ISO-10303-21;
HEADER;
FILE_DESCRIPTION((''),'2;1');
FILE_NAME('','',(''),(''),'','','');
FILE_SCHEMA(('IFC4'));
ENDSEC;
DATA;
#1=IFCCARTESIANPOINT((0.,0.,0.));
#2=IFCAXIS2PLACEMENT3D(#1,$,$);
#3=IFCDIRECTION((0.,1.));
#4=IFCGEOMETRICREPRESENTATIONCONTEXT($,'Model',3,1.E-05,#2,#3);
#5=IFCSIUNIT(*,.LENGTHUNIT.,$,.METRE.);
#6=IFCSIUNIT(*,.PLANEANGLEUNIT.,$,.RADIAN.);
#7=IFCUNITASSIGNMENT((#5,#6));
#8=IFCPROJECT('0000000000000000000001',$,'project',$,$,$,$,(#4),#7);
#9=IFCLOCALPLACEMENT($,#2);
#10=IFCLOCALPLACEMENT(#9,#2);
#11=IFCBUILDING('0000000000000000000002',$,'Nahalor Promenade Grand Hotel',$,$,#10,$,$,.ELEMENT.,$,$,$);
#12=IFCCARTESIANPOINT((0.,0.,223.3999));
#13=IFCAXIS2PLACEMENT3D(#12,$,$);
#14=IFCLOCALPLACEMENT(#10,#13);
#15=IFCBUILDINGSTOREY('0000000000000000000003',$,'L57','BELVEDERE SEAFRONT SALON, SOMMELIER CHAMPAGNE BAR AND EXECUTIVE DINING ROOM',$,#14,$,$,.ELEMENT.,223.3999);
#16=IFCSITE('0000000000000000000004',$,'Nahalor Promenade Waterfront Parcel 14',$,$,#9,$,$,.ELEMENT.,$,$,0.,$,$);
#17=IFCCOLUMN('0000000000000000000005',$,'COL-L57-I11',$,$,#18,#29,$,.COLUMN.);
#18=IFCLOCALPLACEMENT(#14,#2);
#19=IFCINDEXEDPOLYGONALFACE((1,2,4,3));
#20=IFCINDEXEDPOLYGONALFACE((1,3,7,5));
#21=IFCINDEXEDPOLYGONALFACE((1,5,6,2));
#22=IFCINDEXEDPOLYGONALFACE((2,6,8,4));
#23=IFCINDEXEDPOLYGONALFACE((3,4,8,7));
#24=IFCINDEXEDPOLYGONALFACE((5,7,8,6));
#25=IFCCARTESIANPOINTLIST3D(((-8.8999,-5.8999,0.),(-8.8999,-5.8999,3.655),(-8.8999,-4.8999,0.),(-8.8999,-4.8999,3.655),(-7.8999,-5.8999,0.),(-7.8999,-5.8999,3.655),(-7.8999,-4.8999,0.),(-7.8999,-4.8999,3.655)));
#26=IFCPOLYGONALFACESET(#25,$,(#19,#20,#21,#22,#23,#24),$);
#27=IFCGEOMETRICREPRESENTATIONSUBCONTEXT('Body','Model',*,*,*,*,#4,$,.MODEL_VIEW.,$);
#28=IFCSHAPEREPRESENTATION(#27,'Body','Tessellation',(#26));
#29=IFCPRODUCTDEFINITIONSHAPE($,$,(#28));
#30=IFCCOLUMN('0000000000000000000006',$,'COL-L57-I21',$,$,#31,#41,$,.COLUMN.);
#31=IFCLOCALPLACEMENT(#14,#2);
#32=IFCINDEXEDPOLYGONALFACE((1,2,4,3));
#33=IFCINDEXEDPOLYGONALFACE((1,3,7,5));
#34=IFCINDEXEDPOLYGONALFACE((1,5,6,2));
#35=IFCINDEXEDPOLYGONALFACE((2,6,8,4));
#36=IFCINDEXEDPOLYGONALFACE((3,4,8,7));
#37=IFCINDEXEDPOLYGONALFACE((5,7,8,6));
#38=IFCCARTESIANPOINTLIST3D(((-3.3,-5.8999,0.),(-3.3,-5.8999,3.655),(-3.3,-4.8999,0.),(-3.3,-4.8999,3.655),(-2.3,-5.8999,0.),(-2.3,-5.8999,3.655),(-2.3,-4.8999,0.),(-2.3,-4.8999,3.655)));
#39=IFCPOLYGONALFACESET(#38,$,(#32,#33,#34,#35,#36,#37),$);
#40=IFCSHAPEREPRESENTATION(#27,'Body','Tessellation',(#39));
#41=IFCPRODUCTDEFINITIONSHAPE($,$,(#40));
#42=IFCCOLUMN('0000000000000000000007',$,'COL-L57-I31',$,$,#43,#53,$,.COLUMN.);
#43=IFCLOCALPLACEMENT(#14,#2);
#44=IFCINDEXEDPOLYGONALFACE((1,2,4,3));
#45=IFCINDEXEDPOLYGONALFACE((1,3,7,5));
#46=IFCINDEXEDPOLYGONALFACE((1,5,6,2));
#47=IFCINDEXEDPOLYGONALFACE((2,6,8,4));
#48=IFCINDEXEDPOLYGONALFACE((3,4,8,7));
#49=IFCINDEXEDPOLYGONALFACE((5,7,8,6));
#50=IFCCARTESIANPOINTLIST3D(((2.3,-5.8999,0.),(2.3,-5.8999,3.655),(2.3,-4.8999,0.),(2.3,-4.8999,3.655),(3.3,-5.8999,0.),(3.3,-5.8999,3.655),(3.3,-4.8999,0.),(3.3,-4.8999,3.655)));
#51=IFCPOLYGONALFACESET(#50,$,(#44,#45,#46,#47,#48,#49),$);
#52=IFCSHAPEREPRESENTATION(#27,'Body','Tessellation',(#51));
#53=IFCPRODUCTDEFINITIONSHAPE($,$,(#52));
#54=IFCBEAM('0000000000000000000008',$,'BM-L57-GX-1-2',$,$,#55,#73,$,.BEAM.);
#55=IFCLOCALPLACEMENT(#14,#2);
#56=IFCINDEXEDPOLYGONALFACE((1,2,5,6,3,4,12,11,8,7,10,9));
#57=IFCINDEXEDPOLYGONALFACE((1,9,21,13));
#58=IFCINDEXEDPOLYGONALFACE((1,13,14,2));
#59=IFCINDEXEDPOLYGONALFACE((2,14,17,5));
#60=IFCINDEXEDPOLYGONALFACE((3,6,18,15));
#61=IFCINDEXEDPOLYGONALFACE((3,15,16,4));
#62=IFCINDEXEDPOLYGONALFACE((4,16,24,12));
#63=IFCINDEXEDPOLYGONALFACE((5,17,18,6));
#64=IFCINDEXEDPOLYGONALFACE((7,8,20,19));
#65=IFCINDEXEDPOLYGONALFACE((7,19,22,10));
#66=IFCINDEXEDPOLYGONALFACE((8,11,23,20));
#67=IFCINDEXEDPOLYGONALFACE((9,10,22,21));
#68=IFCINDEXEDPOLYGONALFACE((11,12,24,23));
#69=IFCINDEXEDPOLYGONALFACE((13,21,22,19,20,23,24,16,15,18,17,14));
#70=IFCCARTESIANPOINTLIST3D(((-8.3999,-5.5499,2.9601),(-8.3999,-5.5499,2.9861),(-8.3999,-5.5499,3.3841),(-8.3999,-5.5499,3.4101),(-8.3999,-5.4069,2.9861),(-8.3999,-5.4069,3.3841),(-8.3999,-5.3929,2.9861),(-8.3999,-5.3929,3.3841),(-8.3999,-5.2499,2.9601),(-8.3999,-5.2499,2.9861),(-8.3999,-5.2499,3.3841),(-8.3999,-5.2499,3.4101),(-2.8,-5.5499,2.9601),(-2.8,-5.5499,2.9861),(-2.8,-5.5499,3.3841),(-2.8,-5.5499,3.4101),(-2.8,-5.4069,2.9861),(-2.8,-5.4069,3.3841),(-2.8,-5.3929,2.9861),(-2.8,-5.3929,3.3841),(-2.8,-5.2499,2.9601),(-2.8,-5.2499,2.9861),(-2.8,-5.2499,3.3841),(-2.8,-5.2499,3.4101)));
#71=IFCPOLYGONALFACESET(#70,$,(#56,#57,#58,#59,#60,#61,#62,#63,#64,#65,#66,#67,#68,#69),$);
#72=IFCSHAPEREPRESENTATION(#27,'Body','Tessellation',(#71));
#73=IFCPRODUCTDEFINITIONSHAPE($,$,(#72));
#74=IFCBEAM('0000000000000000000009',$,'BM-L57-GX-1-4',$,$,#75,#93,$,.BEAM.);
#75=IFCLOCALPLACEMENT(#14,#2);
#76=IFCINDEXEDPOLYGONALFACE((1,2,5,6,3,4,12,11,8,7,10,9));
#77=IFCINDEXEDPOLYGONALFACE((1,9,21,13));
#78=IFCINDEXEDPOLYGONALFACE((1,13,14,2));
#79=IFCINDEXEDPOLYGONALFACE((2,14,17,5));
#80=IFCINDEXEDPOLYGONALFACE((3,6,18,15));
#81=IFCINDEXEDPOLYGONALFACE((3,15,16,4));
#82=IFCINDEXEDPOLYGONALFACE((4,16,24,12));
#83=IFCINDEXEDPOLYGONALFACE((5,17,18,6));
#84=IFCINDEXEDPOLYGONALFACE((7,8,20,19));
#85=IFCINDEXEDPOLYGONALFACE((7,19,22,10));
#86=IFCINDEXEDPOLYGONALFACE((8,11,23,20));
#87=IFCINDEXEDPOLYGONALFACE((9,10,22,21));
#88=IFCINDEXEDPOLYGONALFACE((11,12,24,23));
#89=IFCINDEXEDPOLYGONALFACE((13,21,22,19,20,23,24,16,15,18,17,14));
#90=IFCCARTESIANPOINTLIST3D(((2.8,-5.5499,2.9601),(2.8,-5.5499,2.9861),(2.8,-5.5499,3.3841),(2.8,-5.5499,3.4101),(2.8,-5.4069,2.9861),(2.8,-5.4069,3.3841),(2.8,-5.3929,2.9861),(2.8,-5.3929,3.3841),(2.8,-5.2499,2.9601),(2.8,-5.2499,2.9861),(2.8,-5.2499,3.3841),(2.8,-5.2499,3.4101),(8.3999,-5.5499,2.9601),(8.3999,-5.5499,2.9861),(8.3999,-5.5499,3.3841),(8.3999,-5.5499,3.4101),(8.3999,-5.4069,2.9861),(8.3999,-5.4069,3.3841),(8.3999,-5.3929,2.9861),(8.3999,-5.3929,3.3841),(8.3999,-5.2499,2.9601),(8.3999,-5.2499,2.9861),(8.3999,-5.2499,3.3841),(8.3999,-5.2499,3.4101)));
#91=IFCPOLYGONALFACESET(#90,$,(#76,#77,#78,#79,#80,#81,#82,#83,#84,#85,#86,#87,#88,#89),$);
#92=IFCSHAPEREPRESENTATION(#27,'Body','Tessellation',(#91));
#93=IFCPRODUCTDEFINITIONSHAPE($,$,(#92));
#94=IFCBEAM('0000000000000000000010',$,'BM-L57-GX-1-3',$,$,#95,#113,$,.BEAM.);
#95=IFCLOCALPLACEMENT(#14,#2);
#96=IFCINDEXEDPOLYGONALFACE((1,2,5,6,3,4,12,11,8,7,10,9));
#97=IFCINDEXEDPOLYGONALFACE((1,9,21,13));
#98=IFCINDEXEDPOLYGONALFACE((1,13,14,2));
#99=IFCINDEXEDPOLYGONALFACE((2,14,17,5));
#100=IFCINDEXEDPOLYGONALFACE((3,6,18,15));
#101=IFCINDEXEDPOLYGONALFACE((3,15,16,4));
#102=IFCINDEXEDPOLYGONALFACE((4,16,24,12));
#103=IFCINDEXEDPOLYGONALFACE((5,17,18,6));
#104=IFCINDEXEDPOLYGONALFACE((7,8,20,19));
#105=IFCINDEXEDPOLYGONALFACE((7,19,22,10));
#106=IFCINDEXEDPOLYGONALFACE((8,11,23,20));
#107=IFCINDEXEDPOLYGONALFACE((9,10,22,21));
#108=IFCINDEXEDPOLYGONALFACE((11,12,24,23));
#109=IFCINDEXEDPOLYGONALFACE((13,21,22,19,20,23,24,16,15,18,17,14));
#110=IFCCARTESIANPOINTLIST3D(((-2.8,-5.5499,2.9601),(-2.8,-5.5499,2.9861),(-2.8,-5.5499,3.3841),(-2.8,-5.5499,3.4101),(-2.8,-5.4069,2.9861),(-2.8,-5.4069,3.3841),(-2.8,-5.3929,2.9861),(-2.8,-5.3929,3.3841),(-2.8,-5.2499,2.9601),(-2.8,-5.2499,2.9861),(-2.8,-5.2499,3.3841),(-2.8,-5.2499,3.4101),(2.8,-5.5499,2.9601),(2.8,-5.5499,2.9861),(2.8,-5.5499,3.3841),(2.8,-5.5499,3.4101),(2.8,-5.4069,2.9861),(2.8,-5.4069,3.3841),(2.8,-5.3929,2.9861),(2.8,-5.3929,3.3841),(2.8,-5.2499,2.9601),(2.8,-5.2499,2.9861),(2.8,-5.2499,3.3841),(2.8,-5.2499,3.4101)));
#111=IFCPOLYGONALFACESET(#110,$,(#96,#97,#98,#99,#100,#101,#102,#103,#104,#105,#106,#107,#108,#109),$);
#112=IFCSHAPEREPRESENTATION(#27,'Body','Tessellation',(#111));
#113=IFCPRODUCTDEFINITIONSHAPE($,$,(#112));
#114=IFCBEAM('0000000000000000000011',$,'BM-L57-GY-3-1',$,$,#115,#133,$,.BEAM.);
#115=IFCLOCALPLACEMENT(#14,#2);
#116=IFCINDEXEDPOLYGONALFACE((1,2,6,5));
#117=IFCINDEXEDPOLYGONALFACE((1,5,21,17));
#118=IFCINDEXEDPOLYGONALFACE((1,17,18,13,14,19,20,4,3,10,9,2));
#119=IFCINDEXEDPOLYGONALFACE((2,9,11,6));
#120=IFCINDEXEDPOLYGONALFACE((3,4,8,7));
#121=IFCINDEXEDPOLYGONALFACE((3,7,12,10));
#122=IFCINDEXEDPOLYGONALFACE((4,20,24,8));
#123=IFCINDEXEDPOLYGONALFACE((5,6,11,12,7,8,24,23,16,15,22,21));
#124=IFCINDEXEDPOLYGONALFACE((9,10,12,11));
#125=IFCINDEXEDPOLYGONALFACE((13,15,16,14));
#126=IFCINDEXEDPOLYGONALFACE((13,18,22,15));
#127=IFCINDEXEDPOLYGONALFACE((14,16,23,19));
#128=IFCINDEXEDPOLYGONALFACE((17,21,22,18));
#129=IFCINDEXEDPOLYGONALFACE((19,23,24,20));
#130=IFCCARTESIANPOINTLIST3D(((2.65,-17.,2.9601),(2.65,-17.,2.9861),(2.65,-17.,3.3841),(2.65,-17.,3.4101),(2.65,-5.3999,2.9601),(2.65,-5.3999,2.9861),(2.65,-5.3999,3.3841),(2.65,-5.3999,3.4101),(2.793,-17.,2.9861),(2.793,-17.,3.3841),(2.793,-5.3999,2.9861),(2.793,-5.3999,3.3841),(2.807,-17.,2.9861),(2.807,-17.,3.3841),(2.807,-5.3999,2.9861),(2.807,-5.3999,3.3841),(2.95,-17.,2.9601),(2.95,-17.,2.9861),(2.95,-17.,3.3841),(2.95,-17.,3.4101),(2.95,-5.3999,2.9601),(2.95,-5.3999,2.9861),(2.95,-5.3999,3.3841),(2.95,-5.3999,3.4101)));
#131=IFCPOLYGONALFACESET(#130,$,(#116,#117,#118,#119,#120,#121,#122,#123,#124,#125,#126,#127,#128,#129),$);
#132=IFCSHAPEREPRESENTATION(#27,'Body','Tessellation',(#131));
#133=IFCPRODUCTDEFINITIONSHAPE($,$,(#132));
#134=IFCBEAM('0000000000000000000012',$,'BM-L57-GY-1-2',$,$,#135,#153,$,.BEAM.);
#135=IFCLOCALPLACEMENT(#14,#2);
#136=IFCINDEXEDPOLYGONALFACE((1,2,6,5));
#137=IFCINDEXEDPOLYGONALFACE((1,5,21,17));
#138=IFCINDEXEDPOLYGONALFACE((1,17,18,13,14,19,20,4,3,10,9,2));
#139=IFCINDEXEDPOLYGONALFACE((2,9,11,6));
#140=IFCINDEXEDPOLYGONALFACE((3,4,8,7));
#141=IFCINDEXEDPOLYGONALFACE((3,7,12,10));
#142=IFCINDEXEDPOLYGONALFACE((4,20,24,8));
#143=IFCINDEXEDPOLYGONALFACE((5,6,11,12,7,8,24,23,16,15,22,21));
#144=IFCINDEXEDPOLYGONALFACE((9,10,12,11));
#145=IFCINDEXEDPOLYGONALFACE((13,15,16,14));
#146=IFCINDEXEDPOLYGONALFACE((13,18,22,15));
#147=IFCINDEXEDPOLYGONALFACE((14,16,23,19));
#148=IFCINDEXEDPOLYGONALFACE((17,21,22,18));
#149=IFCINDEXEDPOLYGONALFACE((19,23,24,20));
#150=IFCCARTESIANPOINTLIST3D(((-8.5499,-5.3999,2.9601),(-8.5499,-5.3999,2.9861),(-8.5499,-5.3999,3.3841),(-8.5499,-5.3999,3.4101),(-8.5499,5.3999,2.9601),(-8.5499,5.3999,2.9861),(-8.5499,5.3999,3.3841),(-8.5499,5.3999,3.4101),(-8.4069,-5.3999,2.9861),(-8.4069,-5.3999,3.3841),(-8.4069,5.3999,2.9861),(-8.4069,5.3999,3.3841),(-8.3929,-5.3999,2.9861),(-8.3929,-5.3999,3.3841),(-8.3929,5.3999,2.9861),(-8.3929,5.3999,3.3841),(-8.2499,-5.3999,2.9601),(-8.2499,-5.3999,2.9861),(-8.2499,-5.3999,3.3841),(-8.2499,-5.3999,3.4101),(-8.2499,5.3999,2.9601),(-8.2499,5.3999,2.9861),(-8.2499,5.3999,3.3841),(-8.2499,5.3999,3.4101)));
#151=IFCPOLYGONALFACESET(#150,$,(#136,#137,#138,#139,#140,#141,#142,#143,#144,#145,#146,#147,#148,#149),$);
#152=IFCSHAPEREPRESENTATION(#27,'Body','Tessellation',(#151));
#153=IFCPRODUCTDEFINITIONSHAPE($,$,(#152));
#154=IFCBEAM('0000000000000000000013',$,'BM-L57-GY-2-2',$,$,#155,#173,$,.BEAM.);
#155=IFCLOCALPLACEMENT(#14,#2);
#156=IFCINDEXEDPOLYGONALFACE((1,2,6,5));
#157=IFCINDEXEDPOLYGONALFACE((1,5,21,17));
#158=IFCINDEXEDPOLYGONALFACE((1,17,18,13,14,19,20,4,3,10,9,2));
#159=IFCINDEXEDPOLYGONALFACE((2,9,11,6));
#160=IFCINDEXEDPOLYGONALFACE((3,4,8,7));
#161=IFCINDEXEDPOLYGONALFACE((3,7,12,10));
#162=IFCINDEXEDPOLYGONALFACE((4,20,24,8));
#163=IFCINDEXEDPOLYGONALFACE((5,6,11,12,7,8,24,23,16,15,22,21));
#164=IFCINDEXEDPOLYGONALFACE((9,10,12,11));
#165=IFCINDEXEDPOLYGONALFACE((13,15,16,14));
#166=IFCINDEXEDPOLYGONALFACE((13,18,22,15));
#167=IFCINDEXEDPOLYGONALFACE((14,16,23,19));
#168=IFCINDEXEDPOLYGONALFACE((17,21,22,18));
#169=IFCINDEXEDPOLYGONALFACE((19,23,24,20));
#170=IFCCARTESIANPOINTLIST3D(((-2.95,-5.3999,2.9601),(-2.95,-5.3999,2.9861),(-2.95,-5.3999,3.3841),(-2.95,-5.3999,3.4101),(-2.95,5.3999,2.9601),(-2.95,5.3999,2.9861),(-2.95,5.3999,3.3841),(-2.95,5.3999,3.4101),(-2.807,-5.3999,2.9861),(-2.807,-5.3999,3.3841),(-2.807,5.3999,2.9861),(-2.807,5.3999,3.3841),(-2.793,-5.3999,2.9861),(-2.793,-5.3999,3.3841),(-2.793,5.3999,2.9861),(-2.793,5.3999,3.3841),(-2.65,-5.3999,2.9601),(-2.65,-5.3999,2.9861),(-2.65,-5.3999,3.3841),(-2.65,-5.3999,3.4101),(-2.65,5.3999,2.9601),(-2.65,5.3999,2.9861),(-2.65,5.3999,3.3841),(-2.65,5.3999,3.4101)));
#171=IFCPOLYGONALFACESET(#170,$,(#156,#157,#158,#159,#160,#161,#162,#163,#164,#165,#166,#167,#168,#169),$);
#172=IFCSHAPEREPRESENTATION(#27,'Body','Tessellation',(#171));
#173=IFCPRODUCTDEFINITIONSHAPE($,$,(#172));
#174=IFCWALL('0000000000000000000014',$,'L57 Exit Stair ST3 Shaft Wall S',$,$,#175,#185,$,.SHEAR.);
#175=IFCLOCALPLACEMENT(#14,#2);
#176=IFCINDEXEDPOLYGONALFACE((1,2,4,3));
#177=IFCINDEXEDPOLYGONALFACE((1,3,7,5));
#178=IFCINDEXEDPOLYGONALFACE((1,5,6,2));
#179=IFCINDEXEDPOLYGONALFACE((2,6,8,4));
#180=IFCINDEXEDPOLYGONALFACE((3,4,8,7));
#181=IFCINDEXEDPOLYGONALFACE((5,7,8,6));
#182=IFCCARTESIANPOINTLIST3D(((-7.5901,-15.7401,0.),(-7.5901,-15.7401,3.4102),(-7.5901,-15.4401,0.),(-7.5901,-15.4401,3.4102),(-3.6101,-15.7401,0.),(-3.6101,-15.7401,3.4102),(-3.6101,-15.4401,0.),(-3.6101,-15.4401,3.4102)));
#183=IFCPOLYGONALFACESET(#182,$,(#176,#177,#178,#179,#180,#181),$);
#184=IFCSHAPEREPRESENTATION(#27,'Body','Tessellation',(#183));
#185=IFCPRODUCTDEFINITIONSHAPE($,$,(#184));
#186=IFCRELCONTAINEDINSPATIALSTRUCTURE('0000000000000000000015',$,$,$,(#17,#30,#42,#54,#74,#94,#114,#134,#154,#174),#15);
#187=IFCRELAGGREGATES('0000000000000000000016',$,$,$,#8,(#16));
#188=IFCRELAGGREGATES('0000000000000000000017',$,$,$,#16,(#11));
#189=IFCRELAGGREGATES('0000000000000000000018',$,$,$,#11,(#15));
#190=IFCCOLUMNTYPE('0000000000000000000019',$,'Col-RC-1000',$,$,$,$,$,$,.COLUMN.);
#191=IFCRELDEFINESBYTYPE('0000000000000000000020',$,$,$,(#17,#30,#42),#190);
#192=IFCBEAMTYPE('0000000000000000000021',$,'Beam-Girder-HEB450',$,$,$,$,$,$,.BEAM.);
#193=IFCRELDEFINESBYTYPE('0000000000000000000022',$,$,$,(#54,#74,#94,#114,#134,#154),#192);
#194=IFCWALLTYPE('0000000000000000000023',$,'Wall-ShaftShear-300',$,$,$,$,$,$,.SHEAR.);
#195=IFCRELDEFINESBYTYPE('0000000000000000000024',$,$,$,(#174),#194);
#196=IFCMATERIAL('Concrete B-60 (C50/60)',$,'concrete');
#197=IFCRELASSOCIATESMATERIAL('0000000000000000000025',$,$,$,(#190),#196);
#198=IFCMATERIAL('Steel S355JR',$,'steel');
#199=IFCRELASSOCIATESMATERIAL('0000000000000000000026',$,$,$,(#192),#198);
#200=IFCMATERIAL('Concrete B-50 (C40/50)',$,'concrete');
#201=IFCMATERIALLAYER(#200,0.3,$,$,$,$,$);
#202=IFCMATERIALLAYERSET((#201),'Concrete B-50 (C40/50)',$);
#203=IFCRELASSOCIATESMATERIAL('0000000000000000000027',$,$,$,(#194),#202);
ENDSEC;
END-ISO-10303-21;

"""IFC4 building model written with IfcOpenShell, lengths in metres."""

from ifc_helpers import new_model, si_unit, direction, frame, frame_2d, origin, origin_2d, place, context, subcontext, project, spatial, rectangle, i_section, extrude, source, transform, mapped, material, layer, layer_set, material_profile, profile_set, type_object, element, save


model = new_model("IFC4")

# Units and contexts
model_context = context("Model", 3, precision=1e-05, world=origin(), true_north=direction((0.0, 1.0)))
body_context = subcontext(model_context, "Body", "Model", "MODEL_VIEW")
ifc_project = project(units=[si_unit("LENGTHUNIT", "METRE"), si_unit("PLANEANGLEUNIT", "RADIAN")], contexts=[model_context])

# Site, building, storey
site_placement = place(None, origin())
site = spatial("IfcSite", under=ifc_project, at=site_placement, Name="Nahalor Promenade Waterfront Parcel 14", CompositionType="ELEMENT", RefElevation=0.0)
building_placement = place(site_placement, origin())
building = spatial("IfcBuilding", under=site, at=building_placement, Name="Nahalor Promenade Grand Hotel", CompositionType="ELEMENT")
storey_placement = place(building_placement, frame((0.0, 0.0, 223.3999)))
storey = spatial("IfcBuildingStorey", under=building, at=storey_placement, Name="L57", Description="BELVEDERE SEAFRONT SALON, SOMMELIER CHAMPAGNE BAR AND EXECUTIVE DINING ROOM", CompositionType="ELEMENT", Elevation=223.3999)

# Columns
ifc_material_1 = material(Name="Concrete B-60 (C50/60)", Category="concrete")
ifc_material_profile_1 = material_profile(ifc_material_1, rectangle(XDim=1.0, YDim=1.0, at=origin_2d()), Name="RC 1000x1000")
ifc_profile_set_1 = profile_set([ifc_material_profile_1], Name="Concrete B-60 (C50/60)")
column_type = type_object("IfcColumnType", Name="Col-RC-1000", PredefinedType="COLUMN", material=ifc_profile_set_1)
shared_shape_1 = source(origin(), body_context, "Body", "SweptSolid", [
    extrude(rectangle(XDim=1.0, YDim=1.0, at=origin_2d()), origin(), (0.0, 0.0, 1.0), 3.655),
])
for number, where, z_axis, x_axis, name in (
    (1, (-8.3999, -5.3999, 0.0), (0.0, 0.0, 1.0), (1.0, 0.0, 0.0), "COL-L57-I11"),
    (2, (-2.8, -5.3999, 0.0), (0.0, 0.0, 1.0), (1.0, 0.0, 0.0), "COL-L57-I21"),
    (3, (2.8, -5.3999, 0.0), (0.0, 0.0, 1.0), (1.0, 0.0, 0.0), "COL-L57-I31"),
):
    element("IfcColumn", number, at=place(storey_placement, frame(where, z_axis=z_axis, x_axis=x_axis)), inside=storey, type_object=column_type, Name=name, PredefinedType="COLUMN", context=body_context, shape_type="MappedRepresentation", body=[
        mapped(shared_shape_1, transform((0.0, 0.0, 0.0), scale=1.0)),
    ])

# Beams
ifc_material_2 = material(Name="Steel S355JR", Category="steel")
ifc_material_profile_2 = material_profile(ifc_material_2, i_section(OverallWidth=0.3, OverallDepth=0.45, WebThickness=0.014, FlangeThickness=0.026, at=origin_2d()), Name="HEB 450")
ifc_profile_set_2 = profile_set([ifc_material_profile_2], Name="Steel S355JR")
beam_type = type_object("IfcBeamType", Name="Beam-Girder-HEB450", PredefinedType="BEAM", material=ifc_profile_set_2)
shared_shape_2 = source(origin(), body_context, "Body", "SweptSolid", [
    extrude(i_section(OverallWidth=0.3, OverallDepth=0.45, WebThickness=0.014, FlangeThickness=0.026, at=origin_2d()), origin(), (0.0, 0.0, 1.0), 5.5999),
])
for number, where, z_axis, x_axis, name in (
    (4, (-8.3999, -5.3999, 3.1851), (1.0, 0.0, 0.0), (0.0, 1.0, 0.0), "BM-L57-GX-1-2"),
    (5, (2.8, -5.3999, 3.1851), (1.0, 0.0, 0.0), (0.0, 1.0, 0.0), "BM-L57-GX-1-4"),
):
    element("IfcBeam", number, at=place(storey_placement, frame(where, z_axis=z_axis, x_axis=x_axis)), inside=storey, type_object=beam_type, Name=name, PredefinedType="BEAM", context=body_context, shape_type="MappedRepresentation", body=[
        mapped(shared_shape_2, transform((0.0, 0.0, 0.0), scale=1.0)),
    ])
shared_shape_3 = source(origin(), body_context, "Body", "SweptSolid", [
    extrude(i_section(OverallWidth=0.3, OverallDepth=0.45, WebThickness=0.014, FlangeThickness=0.026, at=origin_2d()), origin(), (0.0, 0.0, 1.0), 5.6001),
])
beam_1_placement = place(storey_placement, frame((-2.8, -5.3999, 3.1851), z_axis=(1.0, 0.0, 0.0), x_axis=(0.0, 1.0, 0.0)))
element("IfcBeam", 6, at=beam_1_placement, inside=storey, type_object=beam_type, Name="BM-L57-GX-1-3", PredefinedType="BEAM", context=body_context, shape_type="MappedRepresentation", body=[
    mapped(shared_shape_3, transform((0.0, 0.0, 0.0), scale=1.0)),
])
shared_shape_4 = source(origin(), body_context, "Body", "SweptSolid", [
    extrude(i_section(OverallWidth=0.3, OverallDepth=0.45, WebThickness=0.014, FlangeThickness=0.026, at=origin_2d()), origin(), (0.0, 0.0, 1.0), 11.6001),
])
beam_2_placement = place(storey_placement, frame((2.8, -17.0, 3.1851), z_axis=(0.0, 1.0, 0.0), x_axis=(-1.0, 0.0, 0.0)))
element("IfcBeam", 7, at=beam_2_placement, inside=storey, type_object=beam_type, Name="BM-L57-GY-3-1", PredefinedType="BEAM", context=body_context, shape_type="MappedRepresentation", body=[
    mapped(shared_shape_4, transform((0.0, 0.0, 0.0), scale=1.0)),
])
shared_shape_5 = source(origin(), body_context, "Body", "SweptSolid", [
    extrude(i_section(OverallWidth=0.3, OverallDepth=0.45, WebThickness=0.014, FlangeThickness=0.026, at=origin_2d()), origin(), (0.0, 0.0, 1.0), 10.7998),
])
for number, where, z_axis, x_axis, name in (
    (8, (-8.3999, -5.3999, 3.1851), (0.0, 1.0, 0.0), (-1.0, 0.0, 0.0), "BM-L57-GY-1-2"),
    (9, (-2.8, -5.3999, 3.1851), (0.0, 1.0, 0.0), (-1.0, 0.0, 0.0), "BM-L57-GY-2-2"),
):
    element("IfcBeam", number, at=place(storey_placement, frame(where, z_axis=z_axis, x_axis=x_axis)), inside=storey, type_object=beam_type, Name=name, PredefinedType="BEAM", context=body_context, shape_type="MappedRepresentation", body=[
        mapped(shared_shape_5, transform((0.0, 0.0, 0.0), scale=1.0)),
    ])

# Wall
ifc_material_3 = material(Name="Concrete B-50 (C40/50)", Category="concrete")
ifc_layer_1 = layer(ifc_material_3, 0.3)
ifc_layer_set_1 = layer_set([ifc_layer_1], Name="Concrete B-50 (C40/50)")
wall_type_1 = type_object("IfcWallType", Name="Wall-ShaftShear-300", PredefinedType="SHEAR", material=ifc_layer_set_1)
shared_shape_6 = source(origin(), body_context, "Body", "SweptSolid", [
    extrude(rectangle(XDim=3.98, YDim=0.3, at=frame_2d((1.99, 0.0))), origin(), (0.0, 0.0, 1.0), 3.4102),
])
wall_1_placement = place(storey_placement, frame((-7.5901, -15.5901, 0.0), z_axis=(0.0, 0.0, 1.0), x_axis=(1.0, 0.0, 0.0)))
element("IfcWall", 10, at=wall_1_placement, inside=storey, type_object=wall_type_1, Name="L57 Exit Stair ST3 Shaft Wall S", PredefinedType="SHEAR", context=body_context, shape_type="MappedRepresentation", body=[
    mapped(shared_shape_6, transform((0.0, 0.0, 0.0), scale=1.0)),
])

save(model, "model.ifc")
